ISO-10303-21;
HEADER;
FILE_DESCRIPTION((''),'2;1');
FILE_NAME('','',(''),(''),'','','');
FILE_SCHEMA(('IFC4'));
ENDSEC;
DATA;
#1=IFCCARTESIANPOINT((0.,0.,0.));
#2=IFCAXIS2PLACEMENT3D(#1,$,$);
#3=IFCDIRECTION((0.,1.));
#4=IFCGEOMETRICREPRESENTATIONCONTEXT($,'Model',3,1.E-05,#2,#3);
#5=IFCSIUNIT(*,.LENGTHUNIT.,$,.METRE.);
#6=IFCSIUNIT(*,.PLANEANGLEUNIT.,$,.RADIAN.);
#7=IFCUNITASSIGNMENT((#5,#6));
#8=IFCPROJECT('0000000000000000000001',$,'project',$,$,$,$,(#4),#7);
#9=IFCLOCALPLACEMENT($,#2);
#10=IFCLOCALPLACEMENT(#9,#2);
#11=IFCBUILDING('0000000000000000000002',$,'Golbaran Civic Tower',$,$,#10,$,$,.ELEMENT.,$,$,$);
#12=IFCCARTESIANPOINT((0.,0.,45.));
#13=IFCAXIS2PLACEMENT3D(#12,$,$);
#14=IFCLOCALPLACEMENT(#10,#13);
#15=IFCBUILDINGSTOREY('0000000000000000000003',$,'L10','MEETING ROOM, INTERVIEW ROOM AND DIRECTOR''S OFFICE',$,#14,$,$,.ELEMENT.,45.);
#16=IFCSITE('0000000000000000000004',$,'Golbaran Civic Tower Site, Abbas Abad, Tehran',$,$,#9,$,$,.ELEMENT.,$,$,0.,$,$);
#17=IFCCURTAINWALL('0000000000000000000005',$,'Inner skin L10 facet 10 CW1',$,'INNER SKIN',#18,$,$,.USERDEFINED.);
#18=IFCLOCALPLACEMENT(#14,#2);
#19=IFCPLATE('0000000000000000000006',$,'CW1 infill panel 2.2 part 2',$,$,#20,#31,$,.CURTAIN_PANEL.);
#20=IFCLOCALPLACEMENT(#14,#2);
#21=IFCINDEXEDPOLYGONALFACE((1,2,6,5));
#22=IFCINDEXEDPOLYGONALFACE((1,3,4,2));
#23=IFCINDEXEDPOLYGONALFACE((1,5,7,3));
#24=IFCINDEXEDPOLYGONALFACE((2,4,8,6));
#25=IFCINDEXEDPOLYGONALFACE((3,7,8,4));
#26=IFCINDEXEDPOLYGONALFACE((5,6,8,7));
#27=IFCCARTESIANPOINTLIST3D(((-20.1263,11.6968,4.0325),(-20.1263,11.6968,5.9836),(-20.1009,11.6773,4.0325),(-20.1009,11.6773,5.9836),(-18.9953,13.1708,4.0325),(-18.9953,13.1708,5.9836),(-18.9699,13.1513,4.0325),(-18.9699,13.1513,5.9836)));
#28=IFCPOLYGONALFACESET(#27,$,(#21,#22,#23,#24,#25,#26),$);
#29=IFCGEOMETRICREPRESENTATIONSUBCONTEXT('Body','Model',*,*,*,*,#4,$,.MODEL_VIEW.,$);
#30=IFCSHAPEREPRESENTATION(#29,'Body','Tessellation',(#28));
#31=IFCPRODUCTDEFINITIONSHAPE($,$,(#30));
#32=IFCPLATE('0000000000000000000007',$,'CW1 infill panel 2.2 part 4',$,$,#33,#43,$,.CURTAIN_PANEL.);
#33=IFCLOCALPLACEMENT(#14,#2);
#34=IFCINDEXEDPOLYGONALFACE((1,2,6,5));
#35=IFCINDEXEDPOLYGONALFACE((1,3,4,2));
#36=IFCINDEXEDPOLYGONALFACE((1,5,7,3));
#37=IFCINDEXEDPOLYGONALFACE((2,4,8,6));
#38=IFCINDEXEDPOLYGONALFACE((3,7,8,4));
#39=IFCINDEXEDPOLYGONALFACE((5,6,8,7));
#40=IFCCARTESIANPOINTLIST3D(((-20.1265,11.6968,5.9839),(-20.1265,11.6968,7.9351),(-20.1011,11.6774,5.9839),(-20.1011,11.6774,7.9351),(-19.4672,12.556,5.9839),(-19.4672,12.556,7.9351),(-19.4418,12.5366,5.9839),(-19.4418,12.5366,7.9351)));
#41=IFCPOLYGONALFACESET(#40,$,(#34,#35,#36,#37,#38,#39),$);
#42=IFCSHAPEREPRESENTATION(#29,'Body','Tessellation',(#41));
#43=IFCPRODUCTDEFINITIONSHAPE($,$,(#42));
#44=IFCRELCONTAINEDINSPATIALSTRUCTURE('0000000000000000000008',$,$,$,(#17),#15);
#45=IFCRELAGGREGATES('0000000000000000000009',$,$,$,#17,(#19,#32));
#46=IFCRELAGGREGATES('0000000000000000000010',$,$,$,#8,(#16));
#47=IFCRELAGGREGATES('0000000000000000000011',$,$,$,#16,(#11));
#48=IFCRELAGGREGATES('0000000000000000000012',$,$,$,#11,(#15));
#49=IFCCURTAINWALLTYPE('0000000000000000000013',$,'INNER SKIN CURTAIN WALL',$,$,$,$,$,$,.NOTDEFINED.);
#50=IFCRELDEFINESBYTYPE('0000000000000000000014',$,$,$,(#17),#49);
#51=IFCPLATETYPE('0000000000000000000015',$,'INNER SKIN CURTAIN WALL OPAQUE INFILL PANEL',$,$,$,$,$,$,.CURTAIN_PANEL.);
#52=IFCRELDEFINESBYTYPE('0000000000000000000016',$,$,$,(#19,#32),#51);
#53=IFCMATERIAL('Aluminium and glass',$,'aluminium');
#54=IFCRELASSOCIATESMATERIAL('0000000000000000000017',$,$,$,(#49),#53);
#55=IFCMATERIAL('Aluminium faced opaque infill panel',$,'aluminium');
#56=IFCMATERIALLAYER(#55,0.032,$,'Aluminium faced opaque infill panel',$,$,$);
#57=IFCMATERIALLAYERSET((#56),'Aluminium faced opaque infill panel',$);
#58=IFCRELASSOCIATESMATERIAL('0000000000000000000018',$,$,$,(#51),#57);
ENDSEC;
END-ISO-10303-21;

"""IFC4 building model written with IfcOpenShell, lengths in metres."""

from ifc_helpers import new_model, si_unit, direction, frame, origin, origin_2d, place, context, subcontext, project, spatial, rectangle, extrude, material, layer, layer_set, type_object, element, aggregate, save


model = new_model("IFC4")

# Units and contexts
model_context = context("Model", 3, precision=1e-05, world=origin(), true_north=direction((0.0, 1.0)))
body_context = subcontext(model_context, "Body", "Model", "MODEL_VIEW")
ifc_project = project(units=[si_unit("LENGTHUNIT", "METRE"), si_unit("PLANEANGLEUNIT", "RADIAN")], contexts=[model_context])

# Site, building, storey
site_placement = place(None, origin())
site = spatial("IfcSite", under=ifc_project, at=site_placement, Name="Golbaran Civic Tower Site, Abbas Abad, Tehran", CompositionType="ELEMENT", RefElevation=0.0)
building_placement = place(site_placement, origin())
building = spatial("IfcBuilding", under=site, at=building_placement, Name="Golbaran Civic Tower", CompositionType="ELEMENT")
storey_placement = place(building_placement, frame((0.0, 0.0, 45.0)))
storey = spatial("IfcBuildingStorey", under=building, at=storey_placement, Name="L10", Description="MEETING ROOM, INTERVIEW ROOM AND DIRECTOR'S OFFICE", CompositionType="ELEMENT", Elevation=45.0)

# Curtain wall
ifc_material_1 = material(Name="Aluminium and glass", Category="aluminium")
curtain_wall_type = type_object("IfcCurtainWallType", Name="INNER SKIN CURTAIN WALL", PredefinedType="NOTDEFINED", material=ifc_material_1)
curtain_wall_1_placement = place(storey_placement, origin())
curtain_wall_1 = element("IfcCurtainWall", 1, at=curtain_wall_1_placement, inside=storey, type_object=curtain_wall_type, Name="Inner skin L10 facet 10 CW1", ObjectType="INNER SKIN", PredefinedType="USERDEFINED")

# Plates
ifc_material_2 = material(Name="Aluminium faced opaque infill panel", Category="aluminium")
ifc_layer_1 = layer(ifc_material_2, 0.032, Name="Aluminium faced opaque infill panel")
ifc_layer_set_1 = layer_set([ifc_layer_1], Name="Aluminium faced opaque infill panel")
plate_type_1 = type_object("IfcPlateType", Name="INNER SKIN CURTAIN WALL OPAQUE INFILL PANEL", PredefinedType="CURTAIN_PANEL", material=ifc_layer_set_1)
plate_1_placement = place(storey_placement, frame((-19.5481, 12.4241, 4.0325), z_axis=(0.0, 0.0, 1.0), x_axis=(-0.608761, -0.793353, 0.0)))
plate_1 = element("IfcPlate", 2, at=plate_1_placement, type_object=plate_type_1, Name="CW1 infill panel 2.2 part 2", PredefinedType="CURTAIN_PANEL", context=body_context, shape_type="SweptSolid", body=[
    extrude(rectangle(XDim=1.8579, YDim=0.032, at=origin_2d()), origin(), (0.0, 0.0, 1.0), 1.9512),
])
plate_2_placement = place(storey_placement, frame((-19.7842, 12.1167, 5.9839), z_axis=(0.0, 0.0, 1.0), x_axis=(-0.608761, -0.793353, 0.0)))
plate_2 = element("IfcPlate", 3, at=plate_2_placement, type_object=plate_type_1, Name="CW1 infill panel 2.2 part 4", PredefinedType="CURTAIN_PANEL", context=body_context, shape_type="SweptSolid", body=[
    extrude(rectangle(XDim=1.083, YDim=0.032, at=origin_2d()), origin(), (0.0, 0.0, 1.0), 1.9512),
])
aggregate(curtain_wall_1, [plate_1, plate_2])

save(model, "model.ifc")
